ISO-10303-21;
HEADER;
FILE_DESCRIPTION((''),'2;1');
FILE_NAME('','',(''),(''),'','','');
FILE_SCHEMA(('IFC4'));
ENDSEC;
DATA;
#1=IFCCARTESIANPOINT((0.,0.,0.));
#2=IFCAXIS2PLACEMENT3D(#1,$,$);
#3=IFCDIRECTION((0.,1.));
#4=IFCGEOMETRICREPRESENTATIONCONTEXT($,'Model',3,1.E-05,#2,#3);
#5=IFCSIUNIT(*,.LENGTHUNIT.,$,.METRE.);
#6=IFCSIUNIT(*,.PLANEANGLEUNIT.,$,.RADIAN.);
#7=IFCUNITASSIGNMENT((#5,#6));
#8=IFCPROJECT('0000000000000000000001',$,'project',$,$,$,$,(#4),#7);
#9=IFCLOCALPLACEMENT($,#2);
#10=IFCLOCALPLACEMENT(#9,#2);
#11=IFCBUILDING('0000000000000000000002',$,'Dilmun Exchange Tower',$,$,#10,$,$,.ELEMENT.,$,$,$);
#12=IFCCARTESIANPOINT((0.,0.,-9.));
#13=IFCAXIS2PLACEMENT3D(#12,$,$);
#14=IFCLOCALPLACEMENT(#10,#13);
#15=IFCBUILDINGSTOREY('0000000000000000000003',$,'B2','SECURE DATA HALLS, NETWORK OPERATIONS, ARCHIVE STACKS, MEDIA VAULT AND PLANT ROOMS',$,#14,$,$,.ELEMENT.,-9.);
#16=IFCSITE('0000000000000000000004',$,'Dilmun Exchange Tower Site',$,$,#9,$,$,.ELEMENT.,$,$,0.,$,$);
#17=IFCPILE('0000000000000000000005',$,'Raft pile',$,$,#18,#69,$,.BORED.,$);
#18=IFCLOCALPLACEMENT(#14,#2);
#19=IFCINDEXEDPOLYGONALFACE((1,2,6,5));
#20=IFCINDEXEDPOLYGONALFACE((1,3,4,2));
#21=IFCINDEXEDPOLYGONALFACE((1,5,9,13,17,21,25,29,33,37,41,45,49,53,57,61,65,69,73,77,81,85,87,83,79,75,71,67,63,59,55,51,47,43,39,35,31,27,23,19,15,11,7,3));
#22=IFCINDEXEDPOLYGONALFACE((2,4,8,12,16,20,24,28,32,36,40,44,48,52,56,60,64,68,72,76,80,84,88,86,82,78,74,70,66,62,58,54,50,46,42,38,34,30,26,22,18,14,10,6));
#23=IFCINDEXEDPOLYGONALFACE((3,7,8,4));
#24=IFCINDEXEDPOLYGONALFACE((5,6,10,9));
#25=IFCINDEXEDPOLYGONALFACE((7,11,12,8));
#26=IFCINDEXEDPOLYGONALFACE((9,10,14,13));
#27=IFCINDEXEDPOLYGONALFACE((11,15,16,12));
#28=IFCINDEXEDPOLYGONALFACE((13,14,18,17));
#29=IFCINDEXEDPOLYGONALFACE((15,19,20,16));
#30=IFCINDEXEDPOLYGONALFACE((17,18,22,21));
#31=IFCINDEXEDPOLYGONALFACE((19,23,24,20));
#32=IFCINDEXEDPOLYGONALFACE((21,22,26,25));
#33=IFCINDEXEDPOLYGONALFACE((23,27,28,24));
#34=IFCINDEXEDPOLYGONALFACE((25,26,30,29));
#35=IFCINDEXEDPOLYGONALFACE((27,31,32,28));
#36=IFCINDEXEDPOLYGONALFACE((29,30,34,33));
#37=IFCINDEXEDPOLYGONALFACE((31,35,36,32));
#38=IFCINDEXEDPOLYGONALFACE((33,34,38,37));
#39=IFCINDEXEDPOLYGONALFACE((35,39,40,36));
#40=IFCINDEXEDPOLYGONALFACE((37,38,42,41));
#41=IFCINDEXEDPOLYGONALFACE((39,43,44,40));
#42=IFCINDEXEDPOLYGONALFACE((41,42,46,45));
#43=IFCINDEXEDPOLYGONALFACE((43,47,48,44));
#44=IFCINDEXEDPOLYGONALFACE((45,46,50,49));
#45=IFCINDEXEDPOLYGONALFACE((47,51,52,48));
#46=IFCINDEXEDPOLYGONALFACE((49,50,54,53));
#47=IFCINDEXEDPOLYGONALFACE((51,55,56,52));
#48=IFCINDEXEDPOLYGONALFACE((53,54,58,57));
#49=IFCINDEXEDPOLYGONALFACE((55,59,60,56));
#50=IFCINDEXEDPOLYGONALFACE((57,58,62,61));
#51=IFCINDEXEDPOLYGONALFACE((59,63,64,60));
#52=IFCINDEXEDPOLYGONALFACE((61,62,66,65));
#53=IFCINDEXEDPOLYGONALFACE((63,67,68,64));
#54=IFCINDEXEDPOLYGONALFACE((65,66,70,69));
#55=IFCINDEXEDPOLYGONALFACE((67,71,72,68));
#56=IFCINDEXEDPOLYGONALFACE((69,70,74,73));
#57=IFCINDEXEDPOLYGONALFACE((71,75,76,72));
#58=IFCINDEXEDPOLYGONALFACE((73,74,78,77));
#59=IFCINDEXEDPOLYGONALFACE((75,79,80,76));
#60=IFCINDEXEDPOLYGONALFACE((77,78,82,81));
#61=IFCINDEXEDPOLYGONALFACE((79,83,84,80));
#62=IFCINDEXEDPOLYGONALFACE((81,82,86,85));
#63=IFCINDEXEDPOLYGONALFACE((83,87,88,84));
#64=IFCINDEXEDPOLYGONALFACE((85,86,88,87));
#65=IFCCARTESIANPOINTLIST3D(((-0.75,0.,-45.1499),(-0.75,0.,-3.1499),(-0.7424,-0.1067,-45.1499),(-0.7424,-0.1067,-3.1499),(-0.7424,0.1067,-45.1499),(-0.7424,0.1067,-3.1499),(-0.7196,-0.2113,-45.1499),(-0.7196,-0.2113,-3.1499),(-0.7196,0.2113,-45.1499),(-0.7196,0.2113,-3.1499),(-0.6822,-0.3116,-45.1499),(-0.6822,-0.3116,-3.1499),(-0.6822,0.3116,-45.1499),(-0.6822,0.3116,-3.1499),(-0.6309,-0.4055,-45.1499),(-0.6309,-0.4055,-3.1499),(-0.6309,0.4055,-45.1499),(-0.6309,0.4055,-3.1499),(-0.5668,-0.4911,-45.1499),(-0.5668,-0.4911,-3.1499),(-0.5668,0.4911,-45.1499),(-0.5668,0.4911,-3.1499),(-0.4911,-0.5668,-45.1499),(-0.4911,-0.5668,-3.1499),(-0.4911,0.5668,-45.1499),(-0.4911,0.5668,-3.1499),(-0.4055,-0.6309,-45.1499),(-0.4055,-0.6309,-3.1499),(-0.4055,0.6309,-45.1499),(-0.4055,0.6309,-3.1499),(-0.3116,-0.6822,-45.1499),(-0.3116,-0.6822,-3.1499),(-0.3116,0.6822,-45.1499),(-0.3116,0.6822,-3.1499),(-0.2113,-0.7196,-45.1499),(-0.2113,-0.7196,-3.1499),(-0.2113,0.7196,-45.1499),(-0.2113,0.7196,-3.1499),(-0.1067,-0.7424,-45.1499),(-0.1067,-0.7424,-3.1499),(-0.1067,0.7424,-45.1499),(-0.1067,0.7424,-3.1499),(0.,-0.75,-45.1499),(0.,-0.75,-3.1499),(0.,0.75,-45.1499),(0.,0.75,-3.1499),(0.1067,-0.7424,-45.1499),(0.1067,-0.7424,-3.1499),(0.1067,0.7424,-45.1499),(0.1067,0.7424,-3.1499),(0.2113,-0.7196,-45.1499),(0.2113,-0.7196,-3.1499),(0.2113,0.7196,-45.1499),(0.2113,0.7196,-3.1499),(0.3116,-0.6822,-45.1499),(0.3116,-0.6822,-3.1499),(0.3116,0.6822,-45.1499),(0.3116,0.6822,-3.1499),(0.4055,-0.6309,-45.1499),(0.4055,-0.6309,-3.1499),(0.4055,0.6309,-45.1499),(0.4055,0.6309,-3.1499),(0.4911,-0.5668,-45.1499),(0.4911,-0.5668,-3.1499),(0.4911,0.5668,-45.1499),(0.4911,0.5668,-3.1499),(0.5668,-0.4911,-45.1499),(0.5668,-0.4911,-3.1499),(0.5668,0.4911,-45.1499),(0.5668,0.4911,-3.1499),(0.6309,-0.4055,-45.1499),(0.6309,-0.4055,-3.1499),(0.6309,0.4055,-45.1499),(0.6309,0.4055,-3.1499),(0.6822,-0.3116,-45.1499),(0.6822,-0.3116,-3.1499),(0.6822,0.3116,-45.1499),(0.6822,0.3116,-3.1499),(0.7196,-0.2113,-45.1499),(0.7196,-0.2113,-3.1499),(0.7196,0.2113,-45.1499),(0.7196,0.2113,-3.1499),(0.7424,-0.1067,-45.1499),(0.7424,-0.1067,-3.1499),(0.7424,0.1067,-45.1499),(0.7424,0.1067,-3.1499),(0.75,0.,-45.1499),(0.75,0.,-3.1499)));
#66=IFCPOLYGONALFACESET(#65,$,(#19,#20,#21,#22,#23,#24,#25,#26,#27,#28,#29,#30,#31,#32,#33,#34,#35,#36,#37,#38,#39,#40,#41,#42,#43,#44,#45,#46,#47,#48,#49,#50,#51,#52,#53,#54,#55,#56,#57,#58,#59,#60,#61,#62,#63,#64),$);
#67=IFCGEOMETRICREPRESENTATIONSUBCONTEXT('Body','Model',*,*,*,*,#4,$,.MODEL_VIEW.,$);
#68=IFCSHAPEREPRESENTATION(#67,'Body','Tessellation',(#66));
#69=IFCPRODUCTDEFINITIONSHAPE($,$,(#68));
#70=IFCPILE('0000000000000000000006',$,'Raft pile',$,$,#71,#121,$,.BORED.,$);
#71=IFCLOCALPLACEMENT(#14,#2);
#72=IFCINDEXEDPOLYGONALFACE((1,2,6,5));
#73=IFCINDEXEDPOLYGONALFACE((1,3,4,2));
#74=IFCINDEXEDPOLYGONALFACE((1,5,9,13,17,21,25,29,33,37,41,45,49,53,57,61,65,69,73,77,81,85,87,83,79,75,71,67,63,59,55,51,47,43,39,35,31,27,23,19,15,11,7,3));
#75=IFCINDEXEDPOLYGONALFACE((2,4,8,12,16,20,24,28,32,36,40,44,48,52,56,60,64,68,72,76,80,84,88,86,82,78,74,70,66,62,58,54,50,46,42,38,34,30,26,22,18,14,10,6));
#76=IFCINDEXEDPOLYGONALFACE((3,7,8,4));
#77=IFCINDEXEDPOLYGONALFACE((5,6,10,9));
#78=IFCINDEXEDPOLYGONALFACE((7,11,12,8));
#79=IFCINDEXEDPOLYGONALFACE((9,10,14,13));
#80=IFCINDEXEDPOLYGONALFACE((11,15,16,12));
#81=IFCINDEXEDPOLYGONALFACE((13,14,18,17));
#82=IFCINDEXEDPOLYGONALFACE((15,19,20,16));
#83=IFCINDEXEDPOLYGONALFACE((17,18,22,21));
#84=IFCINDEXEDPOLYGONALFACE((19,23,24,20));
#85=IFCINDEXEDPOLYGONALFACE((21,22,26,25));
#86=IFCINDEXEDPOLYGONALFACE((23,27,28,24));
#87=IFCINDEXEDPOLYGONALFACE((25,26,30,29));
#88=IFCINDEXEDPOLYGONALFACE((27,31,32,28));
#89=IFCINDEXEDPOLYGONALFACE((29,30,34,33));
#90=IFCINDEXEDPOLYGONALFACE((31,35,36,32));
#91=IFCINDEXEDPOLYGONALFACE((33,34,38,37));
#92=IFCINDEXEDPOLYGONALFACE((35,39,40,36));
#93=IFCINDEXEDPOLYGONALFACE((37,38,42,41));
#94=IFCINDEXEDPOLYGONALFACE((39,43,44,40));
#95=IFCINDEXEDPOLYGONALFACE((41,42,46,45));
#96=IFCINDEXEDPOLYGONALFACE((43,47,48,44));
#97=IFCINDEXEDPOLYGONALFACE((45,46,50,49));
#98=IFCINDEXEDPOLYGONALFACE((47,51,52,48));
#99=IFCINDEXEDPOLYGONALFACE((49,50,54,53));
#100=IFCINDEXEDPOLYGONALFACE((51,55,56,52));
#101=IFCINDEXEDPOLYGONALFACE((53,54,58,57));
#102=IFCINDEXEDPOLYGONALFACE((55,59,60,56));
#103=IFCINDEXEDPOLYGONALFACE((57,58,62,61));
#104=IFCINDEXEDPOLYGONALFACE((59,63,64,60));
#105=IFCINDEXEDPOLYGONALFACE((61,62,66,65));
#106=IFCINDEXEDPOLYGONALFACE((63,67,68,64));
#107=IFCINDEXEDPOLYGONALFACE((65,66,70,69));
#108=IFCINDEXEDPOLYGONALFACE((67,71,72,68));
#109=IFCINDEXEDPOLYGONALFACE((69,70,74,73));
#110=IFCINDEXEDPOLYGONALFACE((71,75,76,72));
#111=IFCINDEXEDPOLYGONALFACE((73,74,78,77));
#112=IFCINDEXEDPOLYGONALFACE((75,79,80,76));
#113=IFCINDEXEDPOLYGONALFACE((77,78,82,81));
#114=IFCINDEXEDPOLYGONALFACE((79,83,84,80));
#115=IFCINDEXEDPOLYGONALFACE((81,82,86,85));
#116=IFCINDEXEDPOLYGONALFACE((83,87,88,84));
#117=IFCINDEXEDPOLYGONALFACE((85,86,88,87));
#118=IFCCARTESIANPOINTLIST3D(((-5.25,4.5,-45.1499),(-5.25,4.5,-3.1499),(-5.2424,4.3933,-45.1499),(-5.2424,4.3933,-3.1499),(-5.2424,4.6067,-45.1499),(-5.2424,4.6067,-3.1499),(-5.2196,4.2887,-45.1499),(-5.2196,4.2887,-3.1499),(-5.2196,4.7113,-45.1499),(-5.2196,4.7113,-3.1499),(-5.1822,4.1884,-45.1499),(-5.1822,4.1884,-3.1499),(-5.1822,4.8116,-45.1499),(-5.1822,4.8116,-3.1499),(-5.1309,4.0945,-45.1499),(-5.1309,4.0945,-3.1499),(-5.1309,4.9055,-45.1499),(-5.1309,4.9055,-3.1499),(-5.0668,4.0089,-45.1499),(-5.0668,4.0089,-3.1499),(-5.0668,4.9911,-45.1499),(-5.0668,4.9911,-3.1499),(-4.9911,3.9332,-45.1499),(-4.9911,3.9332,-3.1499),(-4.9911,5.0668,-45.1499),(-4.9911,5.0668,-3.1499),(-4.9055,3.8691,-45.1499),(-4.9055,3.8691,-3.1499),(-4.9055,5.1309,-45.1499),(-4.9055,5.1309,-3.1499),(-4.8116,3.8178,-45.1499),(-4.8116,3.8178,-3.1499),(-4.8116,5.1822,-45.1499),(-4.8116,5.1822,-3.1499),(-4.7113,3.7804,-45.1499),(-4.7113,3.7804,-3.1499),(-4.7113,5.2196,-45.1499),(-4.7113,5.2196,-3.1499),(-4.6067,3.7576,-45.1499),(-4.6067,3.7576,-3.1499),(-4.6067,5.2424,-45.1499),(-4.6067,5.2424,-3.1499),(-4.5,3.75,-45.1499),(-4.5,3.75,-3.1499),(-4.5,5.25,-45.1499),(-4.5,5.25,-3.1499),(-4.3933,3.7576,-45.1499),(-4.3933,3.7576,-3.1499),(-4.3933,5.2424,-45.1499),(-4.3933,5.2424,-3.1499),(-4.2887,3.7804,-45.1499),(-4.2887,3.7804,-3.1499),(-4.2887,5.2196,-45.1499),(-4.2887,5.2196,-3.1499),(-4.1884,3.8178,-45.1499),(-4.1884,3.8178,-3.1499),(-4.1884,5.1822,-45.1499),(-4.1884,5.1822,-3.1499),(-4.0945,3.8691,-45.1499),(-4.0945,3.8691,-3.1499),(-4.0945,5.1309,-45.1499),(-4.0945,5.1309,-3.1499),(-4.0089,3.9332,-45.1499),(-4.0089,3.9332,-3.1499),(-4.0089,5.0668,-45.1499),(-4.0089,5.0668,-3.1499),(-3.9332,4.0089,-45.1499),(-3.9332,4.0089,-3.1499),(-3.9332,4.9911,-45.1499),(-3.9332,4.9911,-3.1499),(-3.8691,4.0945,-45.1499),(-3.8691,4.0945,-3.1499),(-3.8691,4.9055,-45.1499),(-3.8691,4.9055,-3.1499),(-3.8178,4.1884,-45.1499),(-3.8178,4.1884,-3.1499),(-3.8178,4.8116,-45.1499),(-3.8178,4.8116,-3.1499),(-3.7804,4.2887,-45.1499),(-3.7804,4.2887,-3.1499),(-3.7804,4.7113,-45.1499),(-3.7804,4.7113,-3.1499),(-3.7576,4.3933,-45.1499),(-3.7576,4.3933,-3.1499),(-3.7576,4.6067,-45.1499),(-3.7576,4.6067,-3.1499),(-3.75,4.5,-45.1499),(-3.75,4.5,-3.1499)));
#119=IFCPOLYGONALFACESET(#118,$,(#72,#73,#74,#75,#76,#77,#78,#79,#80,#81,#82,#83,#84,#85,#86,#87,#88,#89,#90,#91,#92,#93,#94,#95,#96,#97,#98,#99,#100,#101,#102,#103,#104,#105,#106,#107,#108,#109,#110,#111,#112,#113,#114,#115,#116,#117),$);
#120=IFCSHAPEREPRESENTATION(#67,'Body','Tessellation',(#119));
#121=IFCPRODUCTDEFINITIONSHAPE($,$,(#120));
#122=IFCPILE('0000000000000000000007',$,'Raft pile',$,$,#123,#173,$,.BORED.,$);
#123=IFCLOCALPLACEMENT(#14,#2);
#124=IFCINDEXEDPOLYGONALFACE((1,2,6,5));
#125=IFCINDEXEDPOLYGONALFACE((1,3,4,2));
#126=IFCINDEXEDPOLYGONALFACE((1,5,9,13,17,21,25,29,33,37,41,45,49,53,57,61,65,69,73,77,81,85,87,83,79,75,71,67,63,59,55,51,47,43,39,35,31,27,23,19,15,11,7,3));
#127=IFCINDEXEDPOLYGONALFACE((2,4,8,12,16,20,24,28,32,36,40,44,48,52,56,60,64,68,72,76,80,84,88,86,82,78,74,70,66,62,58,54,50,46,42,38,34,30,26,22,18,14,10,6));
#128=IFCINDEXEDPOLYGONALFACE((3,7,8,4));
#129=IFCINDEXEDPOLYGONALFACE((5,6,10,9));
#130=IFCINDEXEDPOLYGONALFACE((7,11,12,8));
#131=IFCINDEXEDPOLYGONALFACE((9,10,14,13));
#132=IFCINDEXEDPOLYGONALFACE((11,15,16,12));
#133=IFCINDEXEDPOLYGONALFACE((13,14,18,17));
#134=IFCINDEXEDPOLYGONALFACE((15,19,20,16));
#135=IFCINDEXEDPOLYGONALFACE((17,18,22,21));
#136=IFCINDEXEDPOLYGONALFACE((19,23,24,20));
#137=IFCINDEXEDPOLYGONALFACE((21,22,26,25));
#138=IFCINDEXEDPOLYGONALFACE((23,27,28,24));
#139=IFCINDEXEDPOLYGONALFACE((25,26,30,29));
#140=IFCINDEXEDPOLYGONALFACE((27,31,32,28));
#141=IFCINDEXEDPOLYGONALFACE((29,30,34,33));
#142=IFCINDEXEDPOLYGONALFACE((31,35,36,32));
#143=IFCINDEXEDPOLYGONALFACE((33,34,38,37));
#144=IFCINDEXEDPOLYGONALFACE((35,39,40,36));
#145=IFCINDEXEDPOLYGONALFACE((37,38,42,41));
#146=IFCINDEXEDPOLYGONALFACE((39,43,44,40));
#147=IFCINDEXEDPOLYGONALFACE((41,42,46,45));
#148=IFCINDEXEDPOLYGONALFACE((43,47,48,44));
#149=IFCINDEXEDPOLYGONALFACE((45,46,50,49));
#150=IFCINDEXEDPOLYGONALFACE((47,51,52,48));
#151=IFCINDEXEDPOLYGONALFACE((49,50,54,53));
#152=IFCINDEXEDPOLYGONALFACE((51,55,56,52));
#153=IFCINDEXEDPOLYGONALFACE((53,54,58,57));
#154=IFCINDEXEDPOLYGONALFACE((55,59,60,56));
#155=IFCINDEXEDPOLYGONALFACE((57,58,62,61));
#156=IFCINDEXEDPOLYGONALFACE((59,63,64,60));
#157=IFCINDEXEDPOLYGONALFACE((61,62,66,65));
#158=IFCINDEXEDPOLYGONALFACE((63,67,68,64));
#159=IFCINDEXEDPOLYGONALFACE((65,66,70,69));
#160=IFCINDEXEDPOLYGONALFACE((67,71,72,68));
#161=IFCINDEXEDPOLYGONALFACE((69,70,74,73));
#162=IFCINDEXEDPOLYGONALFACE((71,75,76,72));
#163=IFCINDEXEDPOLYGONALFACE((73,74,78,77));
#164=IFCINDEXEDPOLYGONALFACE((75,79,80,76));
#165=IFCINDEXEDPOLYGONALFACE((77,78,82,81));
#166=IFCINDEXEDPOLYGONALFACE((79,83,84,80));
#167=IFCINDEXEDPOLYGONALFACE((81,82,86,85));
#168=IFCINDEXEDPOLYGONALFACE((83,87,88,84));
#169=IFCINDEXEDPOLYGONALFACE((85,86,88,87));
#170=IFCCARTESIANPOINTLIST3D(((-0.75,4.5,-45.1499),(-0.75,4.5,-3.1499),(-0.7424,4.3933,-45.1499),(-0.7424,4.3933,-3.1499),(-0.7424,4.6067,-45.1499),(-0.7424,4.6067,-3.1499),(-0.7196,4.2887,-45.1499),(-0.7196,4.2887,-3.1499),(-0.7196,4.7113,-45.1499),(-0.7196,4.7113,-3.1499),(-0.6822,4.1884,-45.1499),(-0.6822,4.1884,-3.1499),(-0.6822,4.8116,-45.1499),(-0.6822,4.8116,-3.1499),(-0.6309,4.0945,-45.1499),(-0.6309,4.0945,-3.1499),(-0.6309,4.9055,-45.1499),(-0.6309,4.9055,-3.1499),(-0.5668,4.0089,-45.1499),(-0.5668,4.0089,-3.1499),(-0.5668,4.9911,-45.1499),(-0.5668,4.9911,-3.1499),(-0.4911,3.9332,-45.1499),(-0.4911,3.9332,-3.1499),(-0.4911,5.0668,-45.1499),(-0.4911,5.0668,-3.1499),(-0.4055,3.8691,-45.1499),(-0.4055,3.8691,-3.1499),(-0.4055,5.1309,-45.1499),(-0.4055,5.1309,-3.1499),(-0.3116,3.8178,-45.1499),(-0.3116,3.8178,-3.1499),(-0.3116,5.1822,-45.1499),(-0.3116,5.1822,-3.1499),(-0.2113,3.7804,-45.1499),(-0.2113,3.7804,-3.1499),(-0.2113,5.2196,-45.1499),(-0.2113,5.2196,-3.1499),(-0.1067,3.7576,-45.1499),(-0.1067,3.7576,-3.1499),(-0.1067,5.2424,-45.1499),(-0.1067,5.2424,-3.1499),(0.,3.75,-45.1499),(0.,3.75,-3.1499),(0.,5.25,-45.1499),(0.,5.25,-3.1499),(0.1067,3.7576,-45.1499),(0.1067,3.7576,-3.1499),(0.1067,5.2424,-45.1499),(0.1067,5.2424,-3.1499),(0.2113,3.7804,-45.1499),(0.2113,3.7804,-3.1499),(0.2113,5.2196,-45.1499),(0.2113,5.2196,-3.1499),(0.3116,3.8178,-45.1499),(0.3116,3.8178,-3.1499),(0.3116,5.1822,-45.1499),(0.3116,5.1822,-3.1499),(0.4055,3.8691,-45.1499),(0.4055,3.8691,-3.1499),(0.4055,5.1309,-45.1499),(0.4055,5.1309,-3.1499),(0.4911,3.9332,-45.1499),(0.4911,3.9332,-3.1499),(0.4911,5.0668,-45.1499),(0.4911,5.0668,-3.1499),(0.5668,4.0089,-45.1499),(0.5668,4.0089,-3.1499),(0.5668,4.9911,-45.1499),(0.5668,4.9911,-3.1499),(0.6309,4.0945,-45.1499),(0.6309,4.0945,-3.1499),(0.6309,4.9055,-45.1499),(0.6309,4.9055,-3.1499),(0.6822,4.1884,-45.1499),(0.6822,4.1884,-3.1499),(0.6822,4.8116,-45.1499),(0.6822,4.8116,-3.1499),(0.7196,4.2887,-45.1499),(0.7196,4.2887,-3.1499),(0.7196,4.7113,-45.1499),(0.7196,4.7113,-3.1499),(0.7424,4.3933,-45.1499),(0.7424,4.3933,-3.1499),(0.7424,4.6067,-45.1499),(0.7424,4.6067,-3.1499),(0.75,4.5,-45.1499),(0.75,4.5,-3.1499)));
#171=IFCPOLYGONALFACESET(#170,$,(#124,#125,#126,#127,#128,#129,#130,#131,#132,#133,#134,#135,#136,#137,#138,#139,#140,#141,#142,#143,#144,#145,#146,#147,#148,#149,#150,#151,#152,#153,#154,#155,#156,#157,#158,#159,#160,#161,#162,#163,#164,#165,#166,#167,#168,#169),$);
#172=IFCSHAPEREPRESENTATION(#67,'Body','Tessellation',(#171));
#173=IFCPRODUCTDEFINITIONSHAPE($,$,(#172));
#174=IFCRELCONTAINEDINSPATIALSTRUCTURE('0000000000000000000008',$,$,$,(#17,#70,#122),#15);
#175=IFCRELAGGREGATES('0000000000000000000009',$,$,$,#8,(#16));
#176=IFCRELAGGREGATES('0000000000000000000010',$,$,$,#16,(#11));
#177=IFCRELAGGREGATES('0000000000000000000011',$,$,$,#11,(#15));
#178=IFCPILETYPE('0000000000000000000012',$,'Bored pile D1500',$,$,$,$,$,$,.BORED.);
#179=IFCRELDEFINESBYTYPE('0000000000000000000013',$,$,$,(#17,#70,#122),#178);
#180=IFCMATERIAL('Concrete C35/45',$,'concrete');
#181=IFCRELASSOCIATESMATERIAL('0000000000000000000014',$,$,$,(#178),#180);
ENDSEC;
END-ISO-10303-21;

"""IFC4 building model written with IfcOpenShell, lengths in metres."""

from ifc_helpers import new_model, si_unit, direction, frame, origin, origin_2d, place, context, subcontext, project, spatial, circle, extrude, material, material_profile, profile_set, type_object, element, save


model = new_model("IFC4")

# Units and contexts
model_context = context("Model", 3, precision=1e-05, world=origin(), true_north=direction((0.0, 1.0)))
body_context = subcontext(model_context, "Body", "Model", "MODEL_VIEW")
ifc_project = project(units=[si_unit("LENGTHUNIT", "METRE"), si_unit("PLANEANGLEUNIT", "RADIAN")], contexts=[model_context])

# Site, building, storey
site_placement = place(None, origin())
site = spatial("IfcSite", under=ifc_project, at=site_placement, Name="Dilmun Exchange Tower Site", CompositionType="ELEMENT", RefElevation=0.0)
building_placement = place(site_placement, origin())
building = spatial("IfcBuilding", under=site, at=building_placement, Name="Dilmun Exchange Tower", CompositionType="ELEMENT")
storey_placement = place(building_placement, frame((0.0, 0.0, -9.0)))
storey = spatial("IfcBuildingStorey", under=building, at=storey_placement, Name="B2", Description="SECURE DATA HALLS, NETWORK OPERATIONS, ARCHIVE STACKS, MEDIA VAULT AND PLANT ROOMS", CompositionType="ELEMENT", Elevation=-9.0)

# Piles
ifc_material_1 = material(Name="Concrete C35/45", Category="concrete")
ifc_material_profile = material_profile(ifc_material_1, circle(Radius=0.75, at=origin_2d()), Name="D1500")
ifc_profile_set = profile_set([ifc_material_profile], Name="Concrete C35/45")
pile_type = type_object("IfcPileType", Name="Bored pile D1500", PredefinedType="BORED", material=ifc_profile_set)
for number, where, z_axis, x_axis, name in (
    (1, (0.0, 0.0, -3.1499), (0.0, 0.0, -1.0), (1.0, 0.0, 0.0), "Raft pile"),
    (2, (-4.5, 4.5, -3.1499), (0.0, 0.0, -1.0), (1.0, 0.0, 0.0), "Raft pile"),
    (3, (0.0, 4.5, -3.1499), (0.0, 0.0, -1.0), (1.0, 0.0, 0.0), "Raft pile"),
):
    element("IfcPile", number, at=place(storey_placement, frame(where, z_axis=z_axis, x_axis=x_axis)), inside=storey, type_object=pile_type, Name=name, PredefinedType="BORED", context=body_context, shape_type="SweptSolid", body=[
        extrude(circle(Radius=0.75, at=origin_2d()), origin(), (0.0, 0.0, 1.0), 42.0),
    ])

save(model, "model.ifc")
